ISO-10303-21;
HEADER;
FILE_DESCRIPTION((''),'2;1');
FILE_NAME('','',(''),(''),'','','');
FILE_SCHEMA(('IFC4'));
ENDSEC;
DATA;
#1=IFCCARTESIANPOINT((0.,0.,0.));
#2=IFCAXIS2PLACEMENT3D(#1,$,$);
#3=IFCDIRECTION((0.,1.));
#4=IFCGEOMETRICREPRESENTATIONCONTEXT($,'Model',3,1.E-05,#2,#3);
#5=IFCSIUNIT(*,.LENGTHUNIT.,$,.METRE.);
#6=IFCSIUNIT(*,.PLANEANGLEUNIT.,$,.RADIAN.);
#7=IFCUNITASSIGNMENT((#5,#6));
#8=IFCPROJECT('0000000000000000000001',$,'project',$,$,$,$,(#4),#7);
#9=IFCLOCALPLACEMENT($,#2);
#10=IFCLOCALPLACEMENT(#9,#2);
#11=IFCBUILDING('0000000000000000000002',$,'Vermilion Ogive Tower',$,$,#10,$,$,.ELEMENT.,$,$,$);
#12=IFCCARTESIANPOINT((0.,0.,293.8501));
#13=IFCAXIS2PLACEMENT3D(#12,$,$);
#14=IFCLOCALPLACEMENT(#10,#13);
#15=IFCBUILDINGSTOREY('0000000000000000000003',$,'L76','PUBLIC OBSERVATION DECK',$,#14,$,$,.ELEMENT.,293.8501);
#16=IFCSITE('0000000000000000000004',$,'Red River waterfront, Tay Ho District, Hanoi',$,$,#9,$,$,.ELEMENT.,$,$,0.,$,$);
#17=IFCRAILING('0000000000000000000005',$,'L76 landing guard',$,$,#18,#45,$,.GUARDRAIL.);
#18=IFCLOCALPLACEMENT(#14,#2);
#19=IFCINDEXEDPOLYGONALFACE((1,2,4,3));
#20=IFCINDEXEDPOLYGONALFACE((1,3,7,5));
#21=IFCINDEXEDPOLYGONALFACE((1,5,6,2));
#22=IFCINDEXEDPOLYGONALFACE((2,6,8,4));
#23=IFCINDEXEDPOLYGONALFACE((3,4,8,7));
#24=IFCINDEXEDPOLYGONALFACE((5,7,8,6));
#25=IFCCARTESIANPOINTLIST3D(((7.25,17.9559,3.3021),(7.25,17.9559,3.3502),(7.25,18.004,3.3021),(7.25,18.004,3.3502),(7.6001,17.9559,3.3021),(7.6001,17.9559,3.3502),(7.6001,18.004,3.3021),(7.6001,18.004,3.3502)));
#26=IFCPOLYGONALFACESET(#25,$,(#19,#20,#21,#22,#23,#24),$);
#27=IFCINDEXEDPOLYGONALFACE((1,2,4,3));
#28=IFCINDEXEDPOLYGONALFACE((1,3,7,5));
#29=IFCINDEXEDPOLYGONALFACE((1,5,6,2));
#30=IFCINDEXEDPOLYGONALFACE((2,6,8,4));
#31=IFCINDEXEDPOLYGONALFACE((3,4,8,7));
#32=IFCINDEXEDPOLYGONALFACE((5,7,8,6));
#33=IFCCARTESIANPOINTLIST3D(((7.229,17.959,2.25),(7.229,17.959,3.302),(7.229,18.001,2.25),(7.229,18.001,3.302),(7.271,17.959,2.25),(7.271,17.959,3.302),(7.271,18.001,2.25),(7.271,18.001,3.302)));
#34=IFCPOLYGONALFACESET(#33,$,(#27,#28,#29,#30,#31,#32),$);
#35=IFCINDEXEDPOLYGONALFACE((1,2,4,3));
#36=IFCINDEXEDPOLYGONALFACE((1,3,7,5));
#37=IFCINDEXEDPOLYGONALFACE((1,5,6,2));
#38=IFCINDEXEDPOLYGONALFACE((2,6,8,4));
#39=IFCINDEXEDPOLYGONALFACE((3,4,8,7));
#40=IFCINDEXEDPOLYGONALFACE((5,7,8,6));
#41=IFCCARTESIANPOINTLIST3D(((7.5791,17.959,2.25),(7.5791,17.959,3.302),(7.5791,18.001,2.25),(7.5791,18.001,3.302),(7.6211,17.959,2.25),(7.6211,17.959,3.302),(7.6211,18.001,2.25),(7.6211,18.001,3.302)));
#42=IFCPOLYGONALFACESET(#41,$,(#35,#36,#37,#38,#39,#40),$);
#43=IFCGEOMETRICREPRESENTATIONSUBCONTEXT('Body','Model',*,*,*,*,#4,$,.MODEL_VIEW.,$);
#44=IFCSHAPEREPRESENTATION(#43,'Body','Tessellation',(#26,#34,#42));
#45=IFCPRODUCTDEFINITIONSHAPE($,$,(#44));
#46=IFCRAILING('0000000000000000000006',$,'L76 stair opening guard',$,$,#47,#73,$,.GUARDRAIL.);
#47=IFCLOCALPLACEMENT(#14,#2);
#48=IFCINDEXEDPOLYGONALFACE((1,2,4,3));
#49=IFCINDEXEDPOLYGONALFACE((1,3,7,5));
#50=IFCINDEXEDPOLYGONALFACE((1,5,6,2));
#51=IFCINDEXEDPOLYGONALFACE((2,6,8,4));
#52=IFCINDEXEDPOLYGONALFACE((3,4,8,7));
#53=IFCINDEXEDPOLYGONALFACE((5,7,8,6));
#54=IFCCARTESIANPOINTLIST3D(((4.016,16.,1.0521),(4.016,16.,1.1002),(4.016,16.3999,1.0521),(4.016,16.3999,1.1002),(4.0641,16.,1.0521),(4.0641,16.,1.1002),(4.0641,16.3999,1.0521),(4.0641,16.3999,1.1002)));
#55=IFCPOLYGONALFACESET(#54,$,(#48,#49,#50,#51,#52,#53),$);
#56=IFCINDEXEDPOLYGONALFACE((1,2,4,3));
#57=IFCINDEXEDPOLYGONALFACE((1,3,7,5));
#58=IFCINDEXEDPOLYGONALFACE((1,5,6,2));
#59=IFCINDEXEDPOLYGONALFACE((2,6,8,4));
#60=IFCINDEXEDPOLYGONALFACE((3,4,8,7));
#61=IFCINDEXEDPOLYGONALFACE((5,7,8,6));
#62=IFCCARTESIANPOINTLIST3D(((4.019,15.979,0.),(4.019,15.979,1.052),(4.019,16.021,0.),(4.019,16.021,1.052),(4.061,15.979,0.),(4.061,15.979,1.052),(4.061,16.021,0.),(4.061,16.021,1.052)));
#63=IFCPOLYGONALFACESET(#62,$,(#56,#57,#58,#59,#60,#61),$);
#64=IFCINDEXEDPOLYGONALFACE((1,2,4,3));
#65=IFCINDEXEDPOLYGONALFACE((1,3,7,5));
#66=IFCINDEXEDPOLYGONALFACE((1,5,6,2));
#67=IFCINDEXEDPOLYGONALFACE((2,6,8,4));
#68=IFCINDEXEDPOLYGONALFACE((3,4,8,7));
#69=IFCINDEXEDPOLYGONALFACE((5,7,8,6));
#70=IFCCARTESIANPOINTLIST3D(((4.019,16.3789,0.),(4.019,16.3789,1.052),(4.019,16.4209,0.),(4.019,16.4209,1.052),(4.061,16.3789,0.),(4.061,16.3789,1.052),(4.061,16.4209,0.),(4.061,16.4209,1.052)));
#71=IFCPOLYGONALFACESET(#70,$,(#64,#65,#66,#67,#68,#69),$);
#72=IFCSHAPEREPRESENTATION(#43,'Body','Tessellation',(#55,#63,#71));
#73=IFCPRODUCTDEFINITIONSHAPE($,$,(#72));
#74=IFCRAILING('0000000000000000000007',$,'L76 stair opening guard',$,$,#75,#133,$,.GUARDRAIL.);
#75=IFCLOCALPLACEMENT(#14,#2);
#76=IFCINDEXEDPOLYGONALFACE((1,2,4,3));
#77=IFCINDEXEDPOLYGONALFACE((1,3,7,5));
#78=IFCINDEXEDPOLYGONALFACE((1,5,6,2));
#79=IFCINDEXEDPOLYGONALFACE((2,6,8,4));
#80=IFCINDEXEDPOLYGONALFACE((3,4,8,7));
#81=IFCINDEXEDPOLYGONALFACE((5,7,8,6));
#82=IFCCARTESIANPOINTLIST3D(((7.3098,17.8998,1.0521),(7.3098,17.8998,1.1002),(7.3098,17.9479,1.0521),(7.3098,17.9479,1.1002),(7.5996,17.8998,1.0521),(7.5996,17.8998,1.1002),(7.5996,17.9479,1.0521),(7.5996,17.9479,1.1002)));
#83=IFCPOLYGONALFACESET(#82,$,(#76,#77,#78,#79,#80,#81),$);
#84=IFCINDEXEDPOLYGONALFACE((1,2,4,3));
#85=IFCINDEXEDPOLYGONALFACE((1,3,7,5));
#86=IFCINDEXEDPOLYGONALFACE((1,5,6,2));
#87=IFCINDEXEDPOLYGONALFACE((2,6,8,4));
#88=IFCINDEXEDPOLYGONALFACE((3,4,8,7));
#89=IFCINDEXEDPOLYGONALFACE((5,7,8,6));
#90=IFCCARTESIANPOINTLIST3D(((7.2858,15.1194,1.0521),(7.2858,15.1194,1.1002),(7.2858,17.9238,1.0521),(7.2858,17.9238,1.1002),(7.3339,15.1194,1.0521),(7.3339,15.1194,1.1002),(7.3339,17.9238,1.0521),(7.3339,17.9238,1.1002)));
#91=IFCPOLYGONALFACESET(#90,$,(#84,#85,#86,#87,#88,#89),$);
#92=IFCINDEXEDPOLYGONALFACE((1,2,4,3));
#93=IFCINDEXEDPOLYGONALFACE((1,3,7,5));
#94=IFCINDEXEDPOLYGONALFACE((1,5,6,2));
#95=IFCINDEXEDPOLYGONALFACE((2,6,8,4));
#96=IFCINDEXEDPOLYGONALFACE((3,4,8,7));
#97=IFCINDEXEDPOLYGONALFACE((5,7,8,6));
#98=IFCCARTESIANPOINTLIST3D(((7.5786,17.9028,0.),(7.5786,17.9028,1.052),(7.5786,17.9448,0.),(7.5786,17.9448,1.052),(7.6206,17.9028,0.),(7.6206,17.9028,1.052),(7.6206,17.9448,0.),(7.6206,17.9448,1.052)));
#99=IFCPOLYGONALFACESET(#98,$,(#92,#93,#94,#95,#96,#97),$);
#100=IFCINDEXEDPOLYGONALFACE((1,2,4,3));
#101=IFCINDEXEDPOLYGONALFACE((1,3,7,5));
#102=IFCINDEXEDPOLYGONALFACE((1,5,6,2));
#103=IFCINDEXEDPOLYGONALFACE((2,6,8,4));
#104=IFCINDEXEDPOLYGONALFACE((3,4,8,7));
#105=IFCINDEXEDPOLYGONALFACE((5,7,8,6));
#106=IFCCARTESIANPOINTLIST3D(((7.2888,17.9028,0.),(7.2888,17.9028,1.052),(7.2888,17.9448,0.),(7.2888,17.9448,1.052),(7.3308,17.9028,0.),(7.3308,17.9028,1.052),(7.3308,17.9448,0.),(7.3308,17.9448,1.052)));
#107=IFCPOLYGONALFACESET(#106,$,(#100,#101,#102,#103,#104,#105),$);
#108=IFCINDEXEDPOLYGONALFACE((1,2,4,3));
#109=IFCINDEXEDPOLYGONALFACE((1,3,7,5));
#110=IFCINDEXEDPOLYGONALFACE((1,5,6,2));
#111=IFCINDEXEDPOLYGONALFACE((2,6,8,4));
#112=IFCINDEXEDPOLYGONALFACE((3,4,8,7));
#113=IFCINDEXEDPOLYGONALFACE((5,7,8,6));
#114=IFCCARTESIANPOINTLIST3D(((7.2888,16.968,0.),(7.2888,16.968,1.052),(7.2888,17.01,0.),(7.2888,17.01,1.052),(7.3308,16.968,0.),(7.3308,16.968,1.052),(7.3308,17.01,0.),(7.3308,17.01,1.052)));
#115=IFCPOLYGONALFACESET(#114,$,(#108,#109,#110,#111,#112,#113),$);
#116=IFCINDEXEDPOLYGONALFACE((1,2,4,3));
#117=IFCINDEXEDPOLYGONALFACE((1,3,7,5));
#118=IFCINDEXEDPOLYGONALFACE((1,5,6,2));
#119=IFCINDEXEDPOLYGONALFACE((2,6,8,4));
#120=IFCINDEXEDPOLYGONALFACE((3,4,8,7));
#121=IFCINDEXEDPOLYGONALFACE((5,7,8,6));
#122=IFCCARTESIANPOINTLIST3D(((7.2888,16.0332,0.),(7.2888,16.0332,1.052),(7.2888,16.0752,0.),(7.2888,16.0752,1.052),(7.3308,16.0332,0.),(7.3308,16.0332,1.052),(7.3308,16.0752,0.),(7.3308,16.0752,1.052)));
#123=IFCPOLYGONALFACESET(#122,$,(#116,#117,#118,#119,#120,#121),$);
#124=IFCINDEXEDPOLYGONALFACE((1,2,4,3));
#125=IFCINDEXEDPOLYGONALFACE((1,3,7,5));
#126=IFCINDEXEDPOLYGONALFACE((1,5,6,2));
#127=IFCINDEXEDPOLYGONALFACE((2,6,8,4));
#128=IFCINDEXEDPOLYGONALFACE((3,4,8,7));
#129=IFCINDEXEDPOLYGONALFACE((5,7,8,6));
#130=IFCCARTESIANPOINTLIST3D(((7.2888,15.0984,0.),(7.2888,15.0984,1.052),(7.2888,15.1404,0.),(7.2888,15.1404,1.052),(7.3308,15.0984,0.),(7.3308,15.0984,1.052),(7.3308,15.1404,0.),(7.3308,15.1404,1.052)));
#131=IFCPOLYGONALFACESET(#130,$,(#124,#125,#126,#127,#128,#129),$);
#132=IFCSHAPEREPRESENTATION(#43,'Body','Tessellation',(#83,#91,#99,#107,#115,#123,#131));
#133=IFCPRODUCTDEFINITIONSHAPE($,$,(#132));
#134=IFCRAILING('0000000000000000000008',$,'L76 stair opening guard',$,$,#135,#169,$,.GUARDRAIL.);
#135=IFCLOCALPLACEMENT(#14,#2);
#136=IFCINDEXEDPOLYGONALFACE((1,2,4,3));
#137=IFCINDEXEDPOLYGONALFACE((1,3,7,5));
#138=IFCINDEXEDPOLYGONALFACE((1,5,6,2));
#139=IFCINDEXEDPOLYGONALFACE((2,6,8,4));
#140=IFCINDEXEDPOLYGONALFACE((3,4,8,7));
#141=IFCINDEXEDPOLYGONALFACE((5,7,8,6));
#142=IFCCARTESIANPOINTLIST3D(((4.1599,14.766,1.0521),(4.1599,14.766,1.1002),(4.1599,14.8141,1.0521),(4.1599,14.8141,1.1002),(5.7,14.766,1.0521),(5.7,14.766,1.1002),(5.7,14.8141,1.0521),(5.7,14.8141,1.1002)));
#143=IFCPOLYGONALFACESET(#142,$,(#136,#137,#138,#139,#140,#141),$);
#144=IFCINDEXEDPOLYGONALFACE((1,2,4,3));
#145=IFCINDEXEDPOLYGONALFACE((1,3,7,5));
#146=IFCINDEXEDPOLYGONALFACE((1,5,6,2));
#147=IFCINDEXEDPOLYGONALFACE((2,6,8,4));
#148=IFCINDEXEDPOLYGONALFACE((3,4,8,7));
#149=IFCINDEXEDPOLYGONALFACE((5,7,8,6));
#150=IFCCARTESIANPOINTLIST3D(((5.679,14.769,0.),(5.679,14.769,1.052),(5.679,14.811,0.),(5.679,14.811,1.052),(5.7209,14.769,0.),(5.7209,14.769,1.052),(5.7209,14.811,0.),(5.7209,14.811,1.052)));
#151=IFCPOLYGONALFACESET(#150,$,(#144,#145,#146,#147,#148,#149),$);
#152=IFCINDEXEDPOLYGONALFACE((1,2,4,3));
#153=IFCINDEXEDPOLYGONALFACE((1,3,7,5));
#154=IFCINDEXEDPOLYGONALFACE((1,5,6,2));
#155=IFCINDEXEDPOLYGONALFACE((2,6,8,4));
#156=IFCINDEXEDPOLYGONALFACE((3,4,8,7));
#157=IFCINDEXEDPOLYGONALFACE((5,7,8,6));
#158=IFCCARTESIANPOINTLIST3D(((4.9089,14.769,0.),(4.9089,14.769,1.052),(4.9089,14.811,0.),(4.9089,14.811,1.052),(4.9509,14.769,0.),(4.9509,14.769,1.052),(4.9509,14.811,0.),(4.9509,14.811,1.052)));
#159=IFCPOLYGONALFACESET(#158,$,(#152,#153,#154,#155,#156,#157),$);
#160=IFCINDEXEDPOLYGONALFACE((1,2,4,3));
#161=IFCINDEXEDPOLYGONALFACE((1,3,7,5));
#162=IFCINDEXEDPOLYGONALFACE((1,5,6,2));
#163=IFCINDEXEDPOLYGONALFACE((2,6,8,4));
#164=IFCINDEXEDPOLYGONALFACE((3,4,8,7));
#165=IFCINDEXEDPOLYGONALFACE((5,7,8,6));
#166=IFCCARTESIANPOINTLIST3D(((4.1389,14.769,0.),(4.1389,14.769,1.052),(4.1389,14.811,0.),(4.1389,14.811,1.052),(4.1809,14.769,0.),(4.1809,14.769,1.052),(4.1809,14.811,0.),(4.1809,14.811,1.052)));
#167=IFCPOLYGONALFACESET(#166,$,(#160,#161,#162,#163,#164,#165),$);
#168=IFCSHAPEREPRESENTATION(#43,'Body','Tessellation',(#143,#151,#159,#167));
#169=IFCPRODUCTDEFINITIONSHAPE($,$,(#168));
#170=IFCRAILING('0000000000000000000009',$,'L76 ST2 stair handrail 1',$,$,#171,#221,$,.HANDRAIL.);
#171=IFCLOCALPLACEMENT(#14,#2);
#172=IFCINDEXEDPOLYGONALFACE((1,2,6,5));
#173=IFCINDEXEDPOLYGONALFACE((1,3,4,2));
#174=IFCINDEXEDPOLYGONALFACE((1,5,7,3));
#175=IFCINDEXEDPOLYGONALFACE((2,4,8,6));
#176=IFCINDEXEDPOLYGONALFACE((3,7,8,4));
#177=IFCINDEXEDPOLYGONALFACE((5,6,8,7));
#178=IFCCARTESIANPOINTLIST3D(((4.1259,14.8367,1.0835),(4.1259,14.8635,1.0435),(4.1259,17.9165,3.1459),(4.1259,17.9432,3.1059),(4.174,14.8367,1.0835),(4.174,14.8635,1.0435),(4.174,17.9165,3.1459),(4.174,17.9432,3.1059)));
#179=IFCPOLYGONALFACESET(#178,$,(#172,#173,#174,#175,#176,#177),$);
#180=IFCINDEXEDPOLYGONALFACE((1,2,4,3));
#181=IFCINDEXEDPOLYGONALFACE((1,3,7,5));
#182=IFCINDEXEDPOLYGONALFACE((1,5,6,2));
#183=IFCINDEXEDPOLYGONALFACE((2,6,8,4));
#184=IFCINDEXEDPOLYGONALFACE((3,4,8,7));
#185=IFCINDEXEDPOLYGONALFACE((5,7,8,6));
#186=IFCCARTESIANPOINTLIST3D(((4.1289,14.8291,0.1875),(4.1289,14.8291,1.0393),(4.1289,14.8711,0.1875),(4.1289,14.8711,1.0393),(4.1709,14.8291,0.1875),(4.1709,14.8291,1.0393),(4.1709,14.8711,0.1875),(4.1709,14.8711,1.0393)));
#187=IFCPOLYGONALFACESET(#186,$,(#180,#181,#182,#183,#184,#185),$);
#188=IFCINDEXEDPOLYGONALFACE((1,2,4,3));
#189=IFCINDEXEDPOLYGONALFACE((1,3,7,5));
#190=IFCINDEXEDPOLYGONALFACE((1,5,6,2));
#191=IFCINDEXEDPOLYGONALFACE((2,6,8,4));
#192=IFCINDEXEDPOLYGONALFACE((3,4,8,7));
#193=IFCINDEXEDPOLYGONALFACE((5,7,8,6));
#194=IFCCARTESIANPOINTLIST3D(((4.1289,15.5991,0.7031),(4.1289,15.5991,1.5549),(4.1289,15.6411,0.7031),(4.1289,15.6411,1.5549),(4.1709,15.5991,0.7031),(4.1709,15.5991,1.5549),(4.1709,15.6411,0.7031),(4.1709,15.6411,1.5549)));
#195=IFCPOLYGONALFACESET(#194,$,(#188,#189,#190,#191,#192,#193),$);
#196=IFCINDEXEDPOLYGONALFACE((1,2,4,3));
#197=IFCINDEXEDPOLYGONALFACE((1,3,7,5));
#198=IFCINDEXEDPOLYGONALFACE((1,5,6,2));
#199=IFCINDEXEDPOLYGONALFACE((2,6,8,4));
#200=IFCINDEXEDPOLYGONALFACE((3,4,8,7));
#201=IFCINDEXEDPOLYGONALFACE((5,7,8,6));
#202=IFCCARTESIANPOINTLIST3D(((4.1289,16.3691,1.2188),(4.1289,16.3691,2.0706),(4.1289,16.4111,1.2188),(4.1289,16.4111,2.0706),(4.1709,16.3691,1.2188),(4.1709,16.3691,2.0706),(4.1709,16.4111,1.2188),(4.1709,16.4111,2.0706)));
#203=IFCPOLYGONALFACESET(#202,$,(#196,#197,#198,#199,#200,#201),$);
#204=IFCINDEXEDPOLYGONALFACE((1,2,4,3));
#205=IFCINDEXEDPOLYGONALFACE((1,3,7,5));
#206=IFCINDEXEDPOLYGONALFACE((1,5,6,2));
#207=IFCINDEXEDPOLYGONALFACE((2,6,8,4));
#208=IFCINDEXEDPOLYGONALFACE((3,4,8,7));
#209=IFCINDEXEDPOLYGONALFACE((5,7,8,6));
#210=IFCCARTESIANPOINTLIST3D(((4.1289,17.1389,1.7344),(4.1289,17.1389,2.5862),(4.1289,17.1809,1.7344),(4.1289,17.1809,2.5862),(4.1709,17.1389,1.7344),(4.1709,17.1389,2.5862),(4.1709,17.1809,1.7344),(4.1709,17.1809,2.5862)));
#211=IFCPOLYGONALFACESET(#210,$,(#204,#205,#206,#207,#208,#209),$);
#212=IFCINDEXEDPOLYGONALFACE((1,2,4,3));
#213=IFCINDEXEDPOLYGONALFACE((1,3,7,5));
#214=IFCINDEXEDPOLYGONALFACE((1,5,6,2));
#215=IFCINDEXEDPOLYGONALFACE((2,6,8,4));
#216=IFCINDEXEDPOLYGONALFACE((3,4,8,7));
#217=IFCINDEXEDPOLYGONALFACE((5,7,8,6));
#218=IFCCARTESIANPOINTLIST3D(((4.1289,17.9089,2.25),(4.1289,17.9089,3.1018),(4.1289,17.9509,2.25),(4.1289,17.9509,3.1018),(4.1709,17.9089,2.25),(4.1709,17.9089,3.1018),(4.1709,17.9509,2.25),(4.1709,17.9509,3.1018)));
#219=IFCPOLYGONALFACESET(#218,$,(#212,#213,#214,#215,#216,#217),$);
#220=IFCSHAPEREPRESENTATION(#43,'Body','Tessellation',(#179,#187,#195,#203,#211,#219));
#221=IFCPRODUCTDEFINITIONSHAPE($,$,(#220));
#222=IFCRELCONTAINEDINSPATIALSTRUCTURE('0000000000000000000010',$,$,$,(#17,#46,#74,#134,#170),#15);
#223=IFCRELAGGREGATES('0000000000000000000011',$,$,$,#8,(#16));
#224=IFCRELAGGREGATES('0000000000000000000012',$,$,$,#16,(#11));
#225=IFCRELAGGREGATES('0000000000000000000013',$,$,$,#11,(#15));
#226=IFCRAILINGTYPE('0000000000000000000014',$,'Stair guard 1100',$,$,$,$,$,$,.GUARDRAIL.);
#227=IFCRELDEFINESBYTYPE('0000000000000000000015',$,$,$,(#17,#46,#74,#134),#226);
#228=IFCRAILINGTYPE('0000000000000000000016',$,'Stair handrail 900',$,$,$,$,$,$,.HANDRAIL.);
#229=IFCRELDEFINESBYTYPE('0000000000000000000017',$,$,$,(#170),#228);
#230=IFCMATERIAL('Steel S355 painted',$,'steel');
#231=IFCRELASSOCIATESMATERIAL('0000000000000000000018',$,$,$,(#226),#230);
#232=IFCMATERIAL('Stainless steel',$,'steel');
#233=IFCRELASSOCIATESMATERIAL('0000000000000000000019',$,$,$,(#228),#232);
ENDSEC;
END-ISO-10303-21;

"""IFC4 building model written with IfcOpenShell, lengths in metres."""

from ifc_helpers import new_model, si_unit, direction, frame, origin, origin_2d, place, context, subcontext, project, spatial, rectangle, extrude, material, type_object, element, save


model = new_model("IFC4")

# Units and contexts
model_context = context("Model", 3, precision=1e-05, world=origin(), true_north=direction((0.0, 1.0)))
body_context = subcontext(model_context, "Body", "Model", "MODEL_VIEW")
ifc_project = project(units=[si_unit("LENGTHUNIT", "METRE"), si_unit("PLANEANGLEUNIT", "RADIAN")], contexts=[model_context])

# Site, building, storey
site_placement = place(None, origin())
site = spatial("IfcSite", under=ifc_project, at=site_placement, Name="Red River waterfront, Tay Ho District, Hanoi", CompositionType="ELEMENT", RefElevation=0.0)
building_placement = place(site_placement, origin())
building = spatial("IfcBuilding", under=site, at=building_placement, Name="Vermilion Ogive Tower", CompositionType="ELEMENT")
storey_placement = place(building_placement, frame((0.0, 0.0, 293.8501)))
storey = spatial("IfcBuildingStorey", under=building, at=storey_placement, Name="L76", Description="PUBLIC OBSERVATION DECK", CompositionType="ELEMENT", Elevation=293.8501)

# Railings
ifc_material_1 = material(Name="Steel S355 painted", Category="steel")
railing_type_1 = type_object("IfcRailingType", Name="Stair guard 1100", PredefinedType="GUARDRAIL", material=ifc_material_1)
railing_1_placement = place(storey_placement, frame((7.25, 17.98, 2.25)))
element("IfcRailing", 1, at=railing_1_placement, inside=storey, type_object=railing_type_1, Name="L76 landing guard", PredefinedType="GUARDRAIL", context=body_context, shape_type="SweptSolid", body=[
    extrude(rectangle(XDim=0.0481, YDim=0.0481, at=origin_2d()), frame((0.0, 0.0, 1.0762), z_axis=(1.0, 0.0, 0.0), x_axis=(0.0, 1.0, 0.0)), (0.0, 0.0, 1.0), 0.3501),
    extrude(rectangle(XDim=0.042, YDim=0.042, at=origin_2d()), origin(), (0.0, 0.0, 1.0), 1.052),
    extrude(rectangle(XDim=0.042, YDim=0.042, at=origin_2d()), frame((0.3501, 0.0, 0.0)), (0.0, 0.0, 1.0), 1.052),
])
railing_2_placement = place(storey_placement, frame((4.04, 16.0, 0.0)))
element("IfcRailing", 2, at=railing_2_placement, inside=storey, type_object=railing_type_1, Name="L76 stair opening guard", PredefinedType="GUARDRAIL", context=body_context, shape_type="SweptSolid", body=[
    extrude(rectangle(XDim=0.0481, YDim=0.0481, at=origin_2d()), frame((0.0, 0.0, 1.0762), z_axis=(0.0, 1.0, 0.0), x_axis=(-1.0, 0.0, 0.0)), (0.0, 0.0, 1.0), 0.3999),
    extrude(rectangle(XDim=0.042, YDim=0.042, at=origin_2d()), origin(), (0.0, 0.0, 1.0), 1.052),
    extrude(rectangle(XDim=0.042, YDim=0.042, at=origin_2d()), frame((0.0, 0.3999, 0.0)), (0.0, 0.0, 1.0), 1.052),
])
railing_3_placement = place(storey_placement, frame((7.5996, 17.9238, 0.0)))
element("IfcRailing", 3, at=railing_3_placement, inside=storey, type_object=railing_type_1, Name="L76 stair opening guard", PredefinedType="GUARDRAIL", context=body_context, shape_type="SweptSolid", body=[
    extrude(rectangle(XDim=0.0481, YDim=0.0481, at=origin_2d()), frame((0.0, 0.0, 1.0762), z_axis=(-1.0, 0.0, 0.0), x_axis=(0.0, -1.0, 0.0)), (0.0, 0.0, 1.0), 0.2898),
    extrude(rectangle(XDim=0.0481, YDim=0.0481, at=origin_2d()), frame((-0.2898, 0.0, 1.0762), z_axis=(0.0, -1.0, 0.0), x_axis=(1.0, 0.0, 0.0)), (0.0, 0.0, 1.0), 2.8044),
    extrude(rectangle(XDim=0.042, YDim=0.042, at=origin_2d()), origin(), (0.0, 0.0, 1.0), 1.052),
    extrude(rectangle(XDim=0.042, YDim=0.042, at=origin_2d()), frame((-0.2898, 0.0, 0.0)), (0.0, 0.0, 1.0), 1.052),
    extrude(rectangle(XDim=0.042, YDim=0.042, at=origin_2d()), frame((-0.2898, -0.9348, 0.0)), (0.0, 0.0, 1.0), 1.052),
    extrude(rectangle(XDim=0.042, YDim=0.042, at=origin_2d()), frame((-0.2898, -1.8696, 0.0)), (0.0, 0.0, 1.0), 1.052),
    extrude(rectangle(XDim=0.042, YDim=0.042, at=origin_2d()), frame((-0.2898, -2.8044, 0.0)), (0.0, 0.0, 1.0), 1.052),
])
railing_4_placement = place(storey_placement, frame((5.7, 14.79, 0.0)))
element("IfcRailing", 4, at=railing_4_placement, inside=storey, type_object=railing_type_1, Name="L76 stair opening guard", PredefinedType="GUARDRAIL", context=body_context, shape_type="SweptSolid", body=[
    extrude(rectangle(XDim=0.0481, YDim=0.0481, at=origin_2d()), frame((0.0, 0.0, 1.0762), z_axis=(-1.0, 0.0, 0.0), x_axis=(0.0, -1.0, 0.0)), (0.0, 0.0, 1.0), 1.54),
    extrude(rectangle(XDim=0.042, YDim=0.042, at=origin_2d()), origin(), (0.0, 0.0, 1.0), 1.052),
    extrude(rectangle(XDim=0.042, YDim=0.042, at=origin_2d()), frame((-0.77, 0.0, 0.0)), (0.0, 0.0, 1.0), 1.052),
    extrude(rectangle(XDim=0.042, YDim=0.042, at=origin_2d()), frame((-1.54, 0.0, 0.0)), (0.0, 0.0, 1.0), 1.052),
])
ifc_material_2 = material(Name="Stainless steel", Category="steel")
railing_type_2 = type_object("IfcRailingType", Name="Stair handrail 900", PredefinedType="HANDRAIL", material=ifc_material_2)
railing_5_placement = place(storey_placement, frame((4.1499, 14.8501, 0.1875)))
element("IfcRailing", 5, at=railing_5_placement, inside=storey, type_object=railing_type_2, Name="L76 ST2 stair handrail 1", PredefinedType="HANDRAIL", context=body_context, shape_type="SweptSolid", body=[
    extrude(rectangle(XDim=0.0481, YDim=0.0481, at=origin_2d()), frame((0.0, 0.0, 0.876), z_axis=(0.0, 0.830893, 0.556432), x_axis=(-1.0, 0.0, 0.0)), (0.0, 0.0, 1.0), 3.7065),
    extrude(rectangle(XDim=0.042, YDim=0.042, at=origin_2d()), origin(), (0.0, 0.0, 1.0), 0.8518),
    extrude(rectangle(XDim=0.042, YDim=0.042, at=origin_2d()), frame((0.0, 0.77, 0.5156)), (0.0, 0.0, 1.0), 0.8518),
    extrude(rectangle(XDim=0.042, YDim=0.042, at=origin_2d()), frame((0.0, 1.54, 1.0312)), (0.0, 0.0, 1.0), 0.8518),
    extrude(rectangle(XDim=0.042, YDim=0.042, at=origin_2d()), frame((0.0, 2.3098, 1.5469)), (0.0, 0.0, 1.0), 0.8518),
    extrude(rectangle(XDim=0.042, YDim=0.042, at=origin_2d()), frame((0.0, 3.0798, 2.0625)), (0.0, 0.0, 1.0), 0.8518),
])

save(model, "model.ifc")
